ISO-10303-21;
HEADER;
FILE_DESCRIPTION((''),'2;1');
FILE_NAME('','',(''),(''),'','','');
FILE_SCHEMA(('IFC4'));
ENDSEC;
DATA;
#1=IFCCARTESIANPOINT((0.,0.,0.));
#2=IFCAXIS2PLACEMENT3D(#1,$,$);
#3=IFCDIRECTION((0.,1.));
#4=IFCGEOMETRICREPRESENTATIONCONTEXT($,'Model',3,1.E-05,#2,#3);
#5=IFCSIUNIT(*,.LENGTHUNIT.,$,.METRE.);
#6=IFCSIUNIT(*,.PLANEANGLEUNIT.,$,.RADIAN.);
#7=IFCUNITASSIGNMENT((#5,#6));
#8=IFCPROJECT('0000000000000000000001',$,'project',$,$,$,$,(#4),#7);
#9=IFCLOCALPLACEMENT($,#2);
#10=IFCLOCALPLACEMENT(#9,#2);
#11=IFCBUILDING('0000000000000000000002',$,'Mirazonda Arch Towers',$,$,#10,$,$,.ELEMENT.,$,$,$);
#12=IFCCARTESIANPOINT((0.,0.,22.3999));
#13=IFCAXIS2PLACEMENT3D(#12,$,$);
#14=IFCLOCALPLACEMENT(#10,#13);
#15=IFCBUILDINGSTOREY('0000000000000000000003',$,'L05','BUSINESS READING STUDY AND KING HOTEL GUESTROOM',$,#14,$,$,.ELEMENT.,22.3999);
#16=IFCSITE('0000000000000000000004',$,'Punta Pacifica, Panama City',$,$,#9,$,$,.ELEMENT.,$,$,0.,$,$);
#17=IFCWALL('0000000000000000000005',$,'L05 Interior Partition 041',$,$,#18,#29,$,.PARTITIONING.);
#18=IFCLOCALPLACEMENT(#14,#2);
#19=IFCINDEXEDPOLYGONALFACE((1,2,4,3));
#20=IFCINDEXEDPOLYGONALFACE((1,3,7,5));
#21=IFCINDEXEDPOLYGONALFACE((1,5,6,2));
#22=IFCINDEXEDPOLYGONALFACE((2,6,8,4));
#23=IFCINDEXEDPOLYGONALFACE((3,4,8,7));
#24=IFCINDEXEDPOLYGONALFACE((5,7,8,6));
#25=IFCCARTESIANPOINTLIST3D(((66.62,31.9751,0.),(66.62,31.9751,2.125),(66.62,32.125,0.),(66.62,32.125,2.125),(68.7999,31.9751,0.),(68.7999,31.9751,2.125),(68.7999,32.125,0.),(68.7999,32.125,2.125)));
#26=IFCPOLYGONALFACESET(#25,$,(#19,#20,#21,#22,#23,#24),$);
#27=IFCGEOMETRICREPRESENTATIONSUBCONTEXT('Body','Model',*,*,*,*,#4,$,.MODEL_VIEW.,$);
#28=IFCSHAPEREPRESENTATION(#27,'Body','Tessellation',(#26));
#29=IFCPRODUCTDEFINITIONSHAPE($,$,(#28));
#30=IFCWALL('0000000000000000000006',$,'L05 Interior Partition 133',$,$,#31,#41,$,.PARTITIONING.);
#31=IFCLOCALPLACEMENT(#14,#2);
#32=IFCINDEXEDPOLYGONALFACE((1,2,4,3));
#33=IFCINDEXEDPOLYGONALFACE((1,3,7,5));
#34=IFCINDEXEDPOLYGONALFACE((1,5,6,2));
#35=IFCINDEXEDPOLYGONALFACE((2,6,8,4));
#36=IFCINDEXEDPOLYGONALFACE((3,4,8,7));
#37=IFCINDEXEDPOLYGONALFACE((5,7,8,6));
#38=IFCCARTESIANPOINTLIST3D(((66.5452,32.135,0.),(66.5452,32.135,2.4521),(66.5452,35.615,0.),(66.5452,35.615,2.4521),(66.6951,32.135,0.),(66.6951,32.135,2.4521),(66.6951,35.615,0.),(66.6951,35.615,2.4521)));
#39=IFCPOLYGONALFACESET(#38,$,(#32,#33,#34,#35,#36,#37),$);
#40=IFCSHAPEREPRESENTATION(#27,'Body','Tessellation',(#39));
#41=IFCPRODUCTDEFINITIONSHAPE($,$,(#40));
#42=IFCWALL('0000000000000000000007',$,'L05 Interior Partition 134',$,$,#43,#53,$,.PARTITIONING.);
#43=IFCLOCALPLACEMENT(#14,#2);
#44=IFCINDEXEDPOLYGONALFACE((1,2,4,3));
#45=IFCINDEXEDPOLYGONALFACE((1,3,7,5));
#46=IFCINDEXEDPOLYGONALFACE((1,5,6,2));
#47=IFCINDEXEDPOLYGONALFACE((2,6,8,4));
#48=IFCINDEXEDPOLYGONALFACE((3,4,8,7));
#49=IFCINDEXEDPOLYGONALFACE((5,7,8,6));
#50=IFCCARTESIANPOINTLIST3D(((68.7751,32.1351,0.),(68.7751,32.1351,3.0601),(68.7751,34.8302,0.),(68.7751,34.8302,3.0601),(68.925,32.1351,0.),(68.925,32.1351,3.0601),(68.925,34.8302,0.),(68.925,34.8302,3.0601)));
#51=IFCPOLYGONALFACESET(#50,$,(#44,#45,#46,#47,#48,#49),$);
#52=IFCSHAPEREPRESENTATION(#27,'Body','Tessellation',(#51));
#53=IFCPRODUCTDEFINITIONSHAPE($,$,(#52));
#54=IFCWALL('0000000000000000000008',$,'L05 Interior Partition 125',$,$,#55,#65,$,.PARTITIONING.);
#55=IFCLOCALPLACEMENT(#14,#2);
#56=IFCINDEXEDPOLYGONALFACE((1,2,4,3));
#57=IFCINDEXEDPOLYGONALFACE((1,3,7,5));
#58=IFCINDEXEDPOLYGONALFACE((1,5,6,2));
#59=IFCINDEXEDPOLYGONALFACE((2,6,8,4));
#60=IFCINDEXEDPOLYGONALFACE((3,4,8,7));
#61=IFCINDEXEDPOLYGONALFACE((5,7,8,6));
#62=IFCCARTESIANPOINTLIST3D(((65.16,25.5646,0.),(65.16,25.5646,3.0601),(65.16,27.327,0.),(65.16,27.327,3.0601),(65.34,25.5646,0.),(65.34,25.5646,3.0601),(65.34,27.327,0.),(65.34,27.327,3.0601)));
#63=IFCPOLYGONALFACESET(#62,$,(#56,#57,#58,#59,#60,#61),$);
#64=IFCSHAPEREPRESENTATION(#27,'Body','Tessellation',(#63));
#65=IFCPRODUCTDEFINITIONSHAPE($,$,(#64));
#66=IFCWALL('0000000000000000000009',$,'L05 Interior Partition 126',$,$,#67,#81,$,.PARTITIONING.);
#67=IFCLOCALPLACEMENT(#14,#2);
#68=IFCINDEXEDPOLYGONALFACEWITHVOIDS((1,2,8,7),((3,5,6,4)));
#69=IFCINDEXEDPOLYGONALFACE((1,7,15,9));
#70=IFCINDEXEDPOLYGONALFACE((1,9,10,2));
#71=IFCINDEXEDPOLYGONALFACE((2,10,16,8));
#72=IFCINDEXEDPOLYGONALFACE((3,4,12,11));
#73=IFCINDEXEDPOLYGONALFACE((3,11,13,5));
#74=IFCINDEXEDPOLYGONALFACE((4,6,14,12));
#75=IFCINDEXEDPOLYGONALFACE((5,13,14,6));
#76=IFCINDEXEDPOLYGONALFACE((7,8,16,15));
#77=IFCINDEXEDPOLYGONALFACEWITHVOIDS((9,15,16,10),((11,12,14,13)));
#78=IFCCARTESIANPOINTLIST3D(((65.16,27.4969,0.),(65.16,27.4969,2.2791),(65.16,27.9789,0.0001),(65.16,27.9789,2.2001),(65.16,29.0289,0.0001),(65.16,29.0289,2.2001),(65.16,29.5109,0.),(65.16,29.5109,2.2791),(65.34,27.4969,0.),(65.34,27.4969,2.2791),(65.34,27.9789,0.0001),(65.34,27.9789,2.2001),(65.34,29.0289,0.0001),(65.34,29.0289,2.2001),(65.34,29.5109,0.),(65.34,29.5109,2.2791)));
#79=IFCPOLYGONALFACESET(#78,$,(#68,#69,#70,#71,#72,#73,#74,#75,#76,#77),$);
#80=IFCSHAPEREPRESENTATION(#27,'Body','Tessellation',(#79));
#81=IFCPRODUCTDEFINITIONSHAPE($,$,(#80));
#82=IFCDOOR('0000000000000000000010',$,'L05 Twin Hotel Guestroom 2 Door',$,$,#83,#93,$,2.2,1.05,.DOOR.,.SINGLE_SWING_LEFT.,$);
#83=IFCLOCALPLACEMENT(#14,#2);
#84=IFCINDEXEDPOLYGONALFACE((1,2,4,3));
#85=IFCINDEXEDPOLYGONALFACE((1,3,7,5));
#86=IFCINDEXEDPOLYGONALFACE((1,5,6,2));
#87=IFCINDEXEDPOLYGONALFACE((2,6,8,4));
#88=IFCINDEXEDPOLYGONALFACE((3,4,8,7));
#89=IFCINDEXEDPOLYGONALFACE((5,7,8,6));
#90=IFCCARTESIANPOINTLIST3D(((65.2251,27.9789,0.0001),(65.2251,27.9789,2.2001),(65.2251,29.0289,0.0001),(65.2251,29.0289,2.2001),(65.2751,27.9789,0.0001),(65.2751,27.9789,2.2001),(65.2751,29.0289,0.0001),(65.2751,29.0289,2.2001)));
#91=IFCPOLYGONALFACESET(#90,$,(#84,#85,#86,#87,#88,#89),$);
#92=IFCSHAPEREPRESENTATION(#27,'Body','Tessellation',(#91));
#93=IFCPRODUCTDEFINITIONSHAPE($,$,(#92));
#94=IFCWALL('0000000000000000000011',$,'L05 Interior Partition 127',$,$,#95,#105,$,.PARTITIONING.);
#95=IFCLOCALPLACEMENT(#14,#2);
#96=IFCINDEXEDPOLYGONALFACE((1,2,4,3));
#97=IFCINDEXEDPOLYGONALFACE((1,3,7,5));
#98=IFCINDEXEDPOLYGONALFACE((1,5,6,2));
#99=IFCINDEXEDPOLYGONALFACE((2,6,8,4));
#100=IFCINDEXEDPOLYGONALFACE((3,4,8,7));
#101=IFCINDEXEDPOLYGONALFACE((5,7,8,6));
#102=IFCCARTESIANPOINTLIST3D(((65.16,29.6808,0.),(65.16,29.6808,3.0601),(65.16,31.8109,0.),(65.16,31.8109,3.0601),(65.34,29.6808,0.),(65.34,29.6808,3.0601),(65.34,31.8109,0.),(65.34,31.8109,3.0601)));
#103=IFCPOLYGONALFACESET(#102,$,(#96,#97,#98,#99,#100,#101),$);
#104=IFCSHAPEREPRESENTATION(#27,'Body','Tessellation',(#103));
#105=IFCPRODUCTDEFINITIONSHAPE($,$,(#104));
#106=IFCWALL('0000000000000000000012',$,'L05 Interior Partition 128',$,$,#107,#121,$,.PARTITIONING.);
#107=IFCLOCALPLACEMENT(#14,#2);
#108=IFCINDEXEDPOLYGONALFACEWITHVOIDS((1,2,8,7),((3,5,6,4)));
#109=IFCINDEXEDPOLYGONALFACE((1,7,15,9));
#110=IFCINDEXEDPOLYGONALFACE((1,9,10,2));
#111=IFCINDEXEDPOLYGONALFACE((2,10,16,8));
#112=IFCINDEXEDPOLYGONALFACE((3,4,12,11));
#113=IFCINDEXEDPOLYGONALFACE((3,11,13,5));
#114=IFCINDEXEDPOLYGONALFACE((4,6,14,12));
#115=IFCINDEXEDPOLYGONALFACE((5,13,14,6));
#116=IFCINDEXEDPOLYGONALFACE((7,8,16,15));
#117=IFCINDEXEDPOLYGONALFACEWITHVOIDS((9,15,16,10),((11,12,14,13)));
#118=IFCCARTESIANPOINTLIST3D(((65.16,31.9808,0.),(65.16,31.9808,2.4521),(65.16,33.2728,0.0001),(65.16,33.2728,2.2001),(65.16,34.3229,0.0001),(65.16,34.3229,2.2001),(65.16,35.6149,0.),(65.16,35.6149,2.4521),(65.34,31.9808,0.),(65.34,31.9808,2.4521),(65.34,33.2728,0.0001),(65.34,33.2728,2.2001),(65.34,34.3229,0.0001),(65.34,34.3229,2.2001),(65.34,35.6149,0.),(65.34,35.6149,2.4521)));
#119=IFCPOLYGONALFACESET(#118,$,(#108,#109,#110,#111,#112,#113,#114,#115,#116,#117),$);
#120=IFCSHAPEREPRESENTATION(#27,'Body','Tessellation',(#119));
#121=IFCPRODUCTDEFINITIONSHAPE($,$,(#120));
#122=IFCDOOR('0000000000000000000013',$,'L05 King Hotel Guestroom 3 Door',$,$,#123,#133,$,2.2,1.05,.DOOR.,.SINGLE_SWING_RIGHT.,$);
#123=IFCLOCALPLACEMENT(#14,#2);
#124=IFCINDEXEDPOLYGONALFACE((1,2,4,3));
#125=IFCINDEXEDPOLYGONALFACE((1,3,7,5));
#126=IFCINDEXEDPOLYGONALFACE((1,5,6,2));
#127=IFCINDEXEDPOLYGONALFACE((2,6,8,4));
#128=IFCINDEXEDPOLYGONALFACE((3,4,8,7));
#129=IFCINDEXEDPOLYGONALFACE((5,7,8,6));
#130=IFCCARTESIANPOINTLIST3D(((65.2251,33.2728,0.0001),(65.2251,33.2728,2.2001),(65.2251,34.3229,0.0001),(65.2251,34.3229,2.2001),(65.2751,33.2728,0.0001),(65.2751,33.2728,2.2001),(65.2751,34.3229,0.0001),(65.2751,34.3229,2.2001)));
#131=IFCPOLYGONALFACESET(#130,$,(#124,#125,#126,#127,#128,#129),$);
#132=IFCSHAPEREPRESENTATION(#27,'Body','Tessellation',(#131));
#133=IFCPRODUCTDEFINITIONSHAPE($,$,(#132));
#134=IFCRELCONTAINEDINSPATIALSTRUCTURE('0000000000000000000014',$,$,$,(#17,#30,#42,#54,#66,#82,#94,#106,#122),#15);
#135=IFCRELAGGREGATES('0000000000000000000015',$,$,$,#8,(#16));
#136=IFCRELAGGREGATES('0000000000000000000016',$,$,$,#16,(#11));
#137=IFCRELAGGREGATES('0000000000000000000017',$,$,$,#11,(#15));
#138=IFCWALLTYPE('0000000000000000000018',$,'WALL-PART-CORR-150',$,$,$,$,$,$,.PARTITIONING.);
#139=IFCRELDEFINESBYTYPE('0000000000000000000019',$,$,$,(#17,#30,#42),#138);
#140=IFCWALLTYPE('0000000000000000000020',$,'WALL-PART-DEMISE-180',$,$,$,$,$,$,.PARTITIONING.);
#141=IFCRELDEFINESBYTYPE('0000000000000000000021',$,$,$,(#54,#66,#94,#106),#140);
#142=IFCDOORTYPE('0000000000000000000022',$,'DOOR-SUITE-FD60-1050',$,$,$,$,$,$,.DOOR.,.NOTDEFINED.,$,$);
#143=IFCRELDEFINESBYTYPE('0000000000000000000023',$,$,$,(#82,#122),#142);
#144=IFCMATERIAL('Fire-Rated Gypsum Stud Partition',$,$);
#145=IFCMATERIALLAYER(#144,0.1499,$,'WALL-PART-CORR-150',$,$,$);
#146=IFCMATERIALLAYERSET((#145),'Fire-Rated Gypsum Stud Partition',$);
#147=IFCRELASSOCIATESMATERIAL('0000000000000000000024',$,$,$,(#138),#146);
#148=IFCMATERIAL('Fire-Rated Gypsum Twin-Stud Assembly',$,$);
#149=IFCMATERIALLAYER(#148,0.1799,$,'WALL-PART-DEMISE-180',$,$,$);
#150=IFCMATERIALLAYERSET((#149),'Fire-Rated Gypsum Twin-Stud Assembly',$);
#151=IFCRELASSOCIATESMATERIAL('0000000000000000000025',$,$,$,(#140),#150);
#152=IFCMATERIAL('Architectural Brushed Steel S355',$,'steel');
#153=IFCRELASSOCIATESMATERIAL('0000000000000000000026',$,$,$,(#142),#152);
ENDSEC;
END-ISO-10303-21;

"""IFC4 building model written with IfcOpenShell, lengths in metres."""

from ifc_helpers import new_model, si_unit, direction, frame, frame_2d, origin, place, context, subcontext, project, spatial, rectangle, extrude, material, layer, layer_set, type_object, element, fill, save


model = new_model("IFC4")

# Units and contexts
model_context = context("Model", 3, precision=1e-05, world=origin(), true_north=direction((0.0, 1.0)))
body_context = subcontext(model_context, "Body", "Model", "MODEL_VIEW")
ifc_project = project(units=[si_unit("LENGTHUNIT", "METRE"), si_unit("PLANEANGLEUNIT", "RADIAN")], contexts=[model_context])

# Site, building, storey
site_placement = place(None, origin())
site = spatial("IfcSite", under=ifc_project, at=site_placement, Name="Punta Pacifica, Panama City", CompositionType="ELEMENT", RefElevation=0.0)
building_placement = place(site_placement, origin())
building = spatial("IfcBuilding", under=site, at=building_placement, Name="Mirazonda Arch Towers", CompositionType="ELEMENT")
storey_placement = place(building_placement, frame((0.0, 0.0, 22.3999)))
storey = spatial("IfcBuildingStorey", under=building, at=storey_placement, Name="L05", Description="BUSINESS READING STUDY AND KING HOTEL GUESTROOM", CompositionType="ELEMENT", Elevation=22.3999)

# Shared definitions
ifc_material_1 = material(Name="Architectural Brushed Steel S355", Category="steel")
ifc_material_2 = material(Name="Fire-Rated Gypsum Stud Partition")
ifc_layer_1 = layer(ifc_material_2, 0.1499, Name="WALL-PART-CORR-150")
ifc_layer_set_1 = layer_set([ifc_layer_1], Name="Fire-Rated Gypsum Stud Partition")
wall_type_1 = type_object("IfcWallType", Name="WALL-PART-CORR-150", PredefinedType="PARTITIONING", material=ifc_layer_set_1)

# Walls
wall_1_placement = place(storey_placement, frame((66.6201, 32.05, 0.0), z_axis=(0.0, 0.0, 1.0), x_axis=(1.0, 0.0, 0.0)))
element("IfcWall", 1, at=wall_1_placement, inside=storey, type_object=wall_type_1, Name="L05 Interior Partition 041", PredefinedType="PARTITIONING", context=body_context, shape_type="SweptSolid", body=[
    extrude(rectangle(XDim=2.1799, YDim=0.1499, at=frame_2d((1.0898, 0.0))), origin(), (0.0, 0.0, 1.0), 2.125),
])
wall_2_placement = place(storey_placement, frame((66.6201, 32.135, 0.0), z_axis=(0.0, 0.0, 1.0), x_axis=(0.0, 1.0, 0.0)))
element("IfcWall", 2, at=wall_2_placement, inside=storey, type_object=wall_type_1, Name="L05 Interior Partition 133", PredefinedType="PARTITIONING", context=body_context, shape_type="SweptSolid", body=[
    extrude(rectangle(XDim=3.48, YDim=0.1499, at=frame_2d((1.74, 0.0))), origin(), (0.0, 0.0, 1.0), 2.4521),
])
wall_3_placement = place(storey_placement, frame((68.8501, 32.135, 0.0), z_axis=(0.0, 0.0, 1.0), x_axis=(0.0, 1.0, 0.0)))
element("IfcWall", 3, at=wall_3_placement, inside=storey, type_object=wall_type_1, Name="L05 Interior Partition 134", PredefinedType="PARTITIONING", context=body_context, shape_type="SweptSolid", body=[
    extrude(rectangle(XDim=2.6951, YDim=0.1499, at=frame_2d((1.3477, 0.0))), origin(), (0.0, 0.0, 1.0), 3.0601),
])
ifc_material_3 = material(Name="Fire-Rated Gypsum Twin-Stud Assembly")
ifc_layer_2 = layer(ifc_material_3, 0.1799, Name="WALL-PART-DEMISE-180")
ifc_layer_set_2 = layer_set([ifc_layer_2], Name="Fire-Rated Gypsum Twin-Stud Assembly")
wall_type_2 = type_object("IfcWallType", Name="WALL-PART-DEMISE-180", PredefinedType="PARTITIONING", material=ifc_layer_set_2)
wall_4_placement = place(storey_placement, frame((65.25, 25.5645, 0.0), z_axis=(0.0, 0.0, 1.0), x_axis=(0.0, 1.0, 0.0)))
element("IfcWall", 4, at=wall_4_placement, inside=storey, type_object=wall_type_2, Name="L05 Interior Partition 125", PredefinedType="PARTITIONING", context=body_context, shape_type="SweptSolid", body=[
    extrude(rectangle(XDim=1.7625, YDim=0.1799, at=frame_2d((0.8813, 0.0))), origin(), (0.0, 0.0, 1.0), 3.0601),
])

# Wall, opening, door
wall_5_placement = place(storey_placement, frame((65.25, 27.4971, 0.0), z_axis=(0.0, 0.0, 1.0), x_axis=(0.0, 1.0, 0.0)))
wall_5 = element("IfcWall", 5, at=wall_5_placement, inside=storey, type_object=wall_type_2, Name="L05 Interior Partition 126", PredefinedType="PARTITIONING", context=body_context, shape_type="SweptSolid", body=[
    extrude(rectangle(XDim=2.0139, YDim=0.1799, at=frame_2d((1.0068, 0.0))), origin(), (0.0, 0.0, 1.0), 2.2791),
])
opening_1_placement = place(wall_5_placement, frame((0.4819, 0.0, 0.0)))
opening_1 = element("IfcOpeningElement", 6, at=opening_1_placement, cuts=wall_5, PredefinedType="OPENING", context=body_context, shape_type="SweptSolid", body=[
    extrude(rectangle(XDim=1.05, YDim=2.2, at=frame_2d((0.5249, 1.1001))), frame((0.0, 0.0999, 0.0), z_axis=(0.0, -1.0, 0.0), x_axis=(1.0, 0.0, 0.0)), (0.0, 0.0, 1.0), 0.2),
])
door_type_1 = type_object("IfcDoorType", Name="DOOR-SUITE-FD60-1050", OperationType="NOTDEFINED", PredefinedType="DOOR", material=ifc_material_1)
door_1_placement = place(opening_1_placement, origin())
door_1 = element("IfcDoor", 7, at=door_1_placement, inside=storey, type_object=door_type_1, Name="L05 Twin Hotel Guestroom 2 Door", OperationType="SINGLE_SWING_LEFT", OverallHeight=2.2, OverallWidth=1.05, PredefinedType="DOOR", context=body_context, shape_type="SweptSolid", body=[
    extrude(rectangle(XDim=1.05, YDim=2.2, at=frame_2d((0.5249, 1.1001))), frame((0.0, 0.0249, 0.0), z_axis=(0.0, -1.0, 0.0), x_axis=(1.0, 0.0, 0.0)), (0.0, 0.0, 1.0), 0.05),
])
fill(opening_1, door_1)

# Wall
wall_6_placement = place(storey_placement, frame((65.25, 29.6809, 0.0), z_axis=(0.0, 0.0, 1.0), x_axis=(0.0, 1.0, 0.0)))
element("IfcWall", 8, at=wall_6_placement, inside=storey, type_object=wall_type_2, Name="L05 Interior Partition 127", PredefinedType="PARTITIONING", context=body_context, shape_type="SweptSolid", body=[
    extrude(rectangle(XDim=2.1301, YDim=0.1799, at=frame_2d((1.0649, 0.0))), origin(), (0.0, 0.0, 1.0), 3.0601),
])

# Wall, opening, door
wall_7_placement = place(storey_placement, frame((65.25, 31.981, 0.0), z_axis=(0.0, 0.0, 1.0), x_axis=(0.0, 1.0, 0.0)))
wall_7 = element("IfcWall", 9, at=wall_7_placement, inside=storey, type_object=wall_type_2, Name="L05 Interior Partition 128", PredefinedType="PARTITIONING", context=body_context, shape_type="SweptSolid", body=[
    extrude(rectangle(XDim=3.634, YDim=0.1799, at=frame_2d((1.8169, 0.0))), origin(), (0.0, 0.0, 1.0), 2.4521),
])
opening_2_placement = place(wall_7_placement, frame((1.292, 0.0, 0.0)))
opening_2 = element("IfcOpeningElement", 10, at=opening_2_placement, cuts=wall_7, PredefinedType="OPENING", context=body_context, shape_type="SweptSolid", body=[
    extrude(rectangle(XDim=1.05, YDim=2.2, at=frame_2d((0.5249, 1.1001))), frame((0.0, 0.0999, 0.0), z_axis=(0.0, -1.0, 0.0), x_axis=(1.0, 0.0, 0.0)), (0.0, 0.0, 1.0), 0.2),
])
door_2_placement = place(opening_2_placement, origin())
door_2 = element("IfcDoor", 11, at=door_2_placement, inside=storey, type_object=door_type_1, Name="L05 King Hotel Guestroom 3 Door", OperationType="SINGLE_SWING_RIGHT", OverallHeight=2.2, OverallWidth=1.05, PredefinedType="DOOR", context=body_context, shape_type="SweptSolid", body=[
    extrude(rectangle(XDim=1.05, YDim=2.2, at=frame_2d((0.5249, 1.1001))), frame((0.0, 0.0249, 0.0), z_axis=(0.0, -1.0, 0.0), x_axis=(1.0, 0.0, 0.0)), (0.0, 0.0, 1.0), 0.05),
])
fill(opening_2, door_2)

save(model, "model.ifc")
